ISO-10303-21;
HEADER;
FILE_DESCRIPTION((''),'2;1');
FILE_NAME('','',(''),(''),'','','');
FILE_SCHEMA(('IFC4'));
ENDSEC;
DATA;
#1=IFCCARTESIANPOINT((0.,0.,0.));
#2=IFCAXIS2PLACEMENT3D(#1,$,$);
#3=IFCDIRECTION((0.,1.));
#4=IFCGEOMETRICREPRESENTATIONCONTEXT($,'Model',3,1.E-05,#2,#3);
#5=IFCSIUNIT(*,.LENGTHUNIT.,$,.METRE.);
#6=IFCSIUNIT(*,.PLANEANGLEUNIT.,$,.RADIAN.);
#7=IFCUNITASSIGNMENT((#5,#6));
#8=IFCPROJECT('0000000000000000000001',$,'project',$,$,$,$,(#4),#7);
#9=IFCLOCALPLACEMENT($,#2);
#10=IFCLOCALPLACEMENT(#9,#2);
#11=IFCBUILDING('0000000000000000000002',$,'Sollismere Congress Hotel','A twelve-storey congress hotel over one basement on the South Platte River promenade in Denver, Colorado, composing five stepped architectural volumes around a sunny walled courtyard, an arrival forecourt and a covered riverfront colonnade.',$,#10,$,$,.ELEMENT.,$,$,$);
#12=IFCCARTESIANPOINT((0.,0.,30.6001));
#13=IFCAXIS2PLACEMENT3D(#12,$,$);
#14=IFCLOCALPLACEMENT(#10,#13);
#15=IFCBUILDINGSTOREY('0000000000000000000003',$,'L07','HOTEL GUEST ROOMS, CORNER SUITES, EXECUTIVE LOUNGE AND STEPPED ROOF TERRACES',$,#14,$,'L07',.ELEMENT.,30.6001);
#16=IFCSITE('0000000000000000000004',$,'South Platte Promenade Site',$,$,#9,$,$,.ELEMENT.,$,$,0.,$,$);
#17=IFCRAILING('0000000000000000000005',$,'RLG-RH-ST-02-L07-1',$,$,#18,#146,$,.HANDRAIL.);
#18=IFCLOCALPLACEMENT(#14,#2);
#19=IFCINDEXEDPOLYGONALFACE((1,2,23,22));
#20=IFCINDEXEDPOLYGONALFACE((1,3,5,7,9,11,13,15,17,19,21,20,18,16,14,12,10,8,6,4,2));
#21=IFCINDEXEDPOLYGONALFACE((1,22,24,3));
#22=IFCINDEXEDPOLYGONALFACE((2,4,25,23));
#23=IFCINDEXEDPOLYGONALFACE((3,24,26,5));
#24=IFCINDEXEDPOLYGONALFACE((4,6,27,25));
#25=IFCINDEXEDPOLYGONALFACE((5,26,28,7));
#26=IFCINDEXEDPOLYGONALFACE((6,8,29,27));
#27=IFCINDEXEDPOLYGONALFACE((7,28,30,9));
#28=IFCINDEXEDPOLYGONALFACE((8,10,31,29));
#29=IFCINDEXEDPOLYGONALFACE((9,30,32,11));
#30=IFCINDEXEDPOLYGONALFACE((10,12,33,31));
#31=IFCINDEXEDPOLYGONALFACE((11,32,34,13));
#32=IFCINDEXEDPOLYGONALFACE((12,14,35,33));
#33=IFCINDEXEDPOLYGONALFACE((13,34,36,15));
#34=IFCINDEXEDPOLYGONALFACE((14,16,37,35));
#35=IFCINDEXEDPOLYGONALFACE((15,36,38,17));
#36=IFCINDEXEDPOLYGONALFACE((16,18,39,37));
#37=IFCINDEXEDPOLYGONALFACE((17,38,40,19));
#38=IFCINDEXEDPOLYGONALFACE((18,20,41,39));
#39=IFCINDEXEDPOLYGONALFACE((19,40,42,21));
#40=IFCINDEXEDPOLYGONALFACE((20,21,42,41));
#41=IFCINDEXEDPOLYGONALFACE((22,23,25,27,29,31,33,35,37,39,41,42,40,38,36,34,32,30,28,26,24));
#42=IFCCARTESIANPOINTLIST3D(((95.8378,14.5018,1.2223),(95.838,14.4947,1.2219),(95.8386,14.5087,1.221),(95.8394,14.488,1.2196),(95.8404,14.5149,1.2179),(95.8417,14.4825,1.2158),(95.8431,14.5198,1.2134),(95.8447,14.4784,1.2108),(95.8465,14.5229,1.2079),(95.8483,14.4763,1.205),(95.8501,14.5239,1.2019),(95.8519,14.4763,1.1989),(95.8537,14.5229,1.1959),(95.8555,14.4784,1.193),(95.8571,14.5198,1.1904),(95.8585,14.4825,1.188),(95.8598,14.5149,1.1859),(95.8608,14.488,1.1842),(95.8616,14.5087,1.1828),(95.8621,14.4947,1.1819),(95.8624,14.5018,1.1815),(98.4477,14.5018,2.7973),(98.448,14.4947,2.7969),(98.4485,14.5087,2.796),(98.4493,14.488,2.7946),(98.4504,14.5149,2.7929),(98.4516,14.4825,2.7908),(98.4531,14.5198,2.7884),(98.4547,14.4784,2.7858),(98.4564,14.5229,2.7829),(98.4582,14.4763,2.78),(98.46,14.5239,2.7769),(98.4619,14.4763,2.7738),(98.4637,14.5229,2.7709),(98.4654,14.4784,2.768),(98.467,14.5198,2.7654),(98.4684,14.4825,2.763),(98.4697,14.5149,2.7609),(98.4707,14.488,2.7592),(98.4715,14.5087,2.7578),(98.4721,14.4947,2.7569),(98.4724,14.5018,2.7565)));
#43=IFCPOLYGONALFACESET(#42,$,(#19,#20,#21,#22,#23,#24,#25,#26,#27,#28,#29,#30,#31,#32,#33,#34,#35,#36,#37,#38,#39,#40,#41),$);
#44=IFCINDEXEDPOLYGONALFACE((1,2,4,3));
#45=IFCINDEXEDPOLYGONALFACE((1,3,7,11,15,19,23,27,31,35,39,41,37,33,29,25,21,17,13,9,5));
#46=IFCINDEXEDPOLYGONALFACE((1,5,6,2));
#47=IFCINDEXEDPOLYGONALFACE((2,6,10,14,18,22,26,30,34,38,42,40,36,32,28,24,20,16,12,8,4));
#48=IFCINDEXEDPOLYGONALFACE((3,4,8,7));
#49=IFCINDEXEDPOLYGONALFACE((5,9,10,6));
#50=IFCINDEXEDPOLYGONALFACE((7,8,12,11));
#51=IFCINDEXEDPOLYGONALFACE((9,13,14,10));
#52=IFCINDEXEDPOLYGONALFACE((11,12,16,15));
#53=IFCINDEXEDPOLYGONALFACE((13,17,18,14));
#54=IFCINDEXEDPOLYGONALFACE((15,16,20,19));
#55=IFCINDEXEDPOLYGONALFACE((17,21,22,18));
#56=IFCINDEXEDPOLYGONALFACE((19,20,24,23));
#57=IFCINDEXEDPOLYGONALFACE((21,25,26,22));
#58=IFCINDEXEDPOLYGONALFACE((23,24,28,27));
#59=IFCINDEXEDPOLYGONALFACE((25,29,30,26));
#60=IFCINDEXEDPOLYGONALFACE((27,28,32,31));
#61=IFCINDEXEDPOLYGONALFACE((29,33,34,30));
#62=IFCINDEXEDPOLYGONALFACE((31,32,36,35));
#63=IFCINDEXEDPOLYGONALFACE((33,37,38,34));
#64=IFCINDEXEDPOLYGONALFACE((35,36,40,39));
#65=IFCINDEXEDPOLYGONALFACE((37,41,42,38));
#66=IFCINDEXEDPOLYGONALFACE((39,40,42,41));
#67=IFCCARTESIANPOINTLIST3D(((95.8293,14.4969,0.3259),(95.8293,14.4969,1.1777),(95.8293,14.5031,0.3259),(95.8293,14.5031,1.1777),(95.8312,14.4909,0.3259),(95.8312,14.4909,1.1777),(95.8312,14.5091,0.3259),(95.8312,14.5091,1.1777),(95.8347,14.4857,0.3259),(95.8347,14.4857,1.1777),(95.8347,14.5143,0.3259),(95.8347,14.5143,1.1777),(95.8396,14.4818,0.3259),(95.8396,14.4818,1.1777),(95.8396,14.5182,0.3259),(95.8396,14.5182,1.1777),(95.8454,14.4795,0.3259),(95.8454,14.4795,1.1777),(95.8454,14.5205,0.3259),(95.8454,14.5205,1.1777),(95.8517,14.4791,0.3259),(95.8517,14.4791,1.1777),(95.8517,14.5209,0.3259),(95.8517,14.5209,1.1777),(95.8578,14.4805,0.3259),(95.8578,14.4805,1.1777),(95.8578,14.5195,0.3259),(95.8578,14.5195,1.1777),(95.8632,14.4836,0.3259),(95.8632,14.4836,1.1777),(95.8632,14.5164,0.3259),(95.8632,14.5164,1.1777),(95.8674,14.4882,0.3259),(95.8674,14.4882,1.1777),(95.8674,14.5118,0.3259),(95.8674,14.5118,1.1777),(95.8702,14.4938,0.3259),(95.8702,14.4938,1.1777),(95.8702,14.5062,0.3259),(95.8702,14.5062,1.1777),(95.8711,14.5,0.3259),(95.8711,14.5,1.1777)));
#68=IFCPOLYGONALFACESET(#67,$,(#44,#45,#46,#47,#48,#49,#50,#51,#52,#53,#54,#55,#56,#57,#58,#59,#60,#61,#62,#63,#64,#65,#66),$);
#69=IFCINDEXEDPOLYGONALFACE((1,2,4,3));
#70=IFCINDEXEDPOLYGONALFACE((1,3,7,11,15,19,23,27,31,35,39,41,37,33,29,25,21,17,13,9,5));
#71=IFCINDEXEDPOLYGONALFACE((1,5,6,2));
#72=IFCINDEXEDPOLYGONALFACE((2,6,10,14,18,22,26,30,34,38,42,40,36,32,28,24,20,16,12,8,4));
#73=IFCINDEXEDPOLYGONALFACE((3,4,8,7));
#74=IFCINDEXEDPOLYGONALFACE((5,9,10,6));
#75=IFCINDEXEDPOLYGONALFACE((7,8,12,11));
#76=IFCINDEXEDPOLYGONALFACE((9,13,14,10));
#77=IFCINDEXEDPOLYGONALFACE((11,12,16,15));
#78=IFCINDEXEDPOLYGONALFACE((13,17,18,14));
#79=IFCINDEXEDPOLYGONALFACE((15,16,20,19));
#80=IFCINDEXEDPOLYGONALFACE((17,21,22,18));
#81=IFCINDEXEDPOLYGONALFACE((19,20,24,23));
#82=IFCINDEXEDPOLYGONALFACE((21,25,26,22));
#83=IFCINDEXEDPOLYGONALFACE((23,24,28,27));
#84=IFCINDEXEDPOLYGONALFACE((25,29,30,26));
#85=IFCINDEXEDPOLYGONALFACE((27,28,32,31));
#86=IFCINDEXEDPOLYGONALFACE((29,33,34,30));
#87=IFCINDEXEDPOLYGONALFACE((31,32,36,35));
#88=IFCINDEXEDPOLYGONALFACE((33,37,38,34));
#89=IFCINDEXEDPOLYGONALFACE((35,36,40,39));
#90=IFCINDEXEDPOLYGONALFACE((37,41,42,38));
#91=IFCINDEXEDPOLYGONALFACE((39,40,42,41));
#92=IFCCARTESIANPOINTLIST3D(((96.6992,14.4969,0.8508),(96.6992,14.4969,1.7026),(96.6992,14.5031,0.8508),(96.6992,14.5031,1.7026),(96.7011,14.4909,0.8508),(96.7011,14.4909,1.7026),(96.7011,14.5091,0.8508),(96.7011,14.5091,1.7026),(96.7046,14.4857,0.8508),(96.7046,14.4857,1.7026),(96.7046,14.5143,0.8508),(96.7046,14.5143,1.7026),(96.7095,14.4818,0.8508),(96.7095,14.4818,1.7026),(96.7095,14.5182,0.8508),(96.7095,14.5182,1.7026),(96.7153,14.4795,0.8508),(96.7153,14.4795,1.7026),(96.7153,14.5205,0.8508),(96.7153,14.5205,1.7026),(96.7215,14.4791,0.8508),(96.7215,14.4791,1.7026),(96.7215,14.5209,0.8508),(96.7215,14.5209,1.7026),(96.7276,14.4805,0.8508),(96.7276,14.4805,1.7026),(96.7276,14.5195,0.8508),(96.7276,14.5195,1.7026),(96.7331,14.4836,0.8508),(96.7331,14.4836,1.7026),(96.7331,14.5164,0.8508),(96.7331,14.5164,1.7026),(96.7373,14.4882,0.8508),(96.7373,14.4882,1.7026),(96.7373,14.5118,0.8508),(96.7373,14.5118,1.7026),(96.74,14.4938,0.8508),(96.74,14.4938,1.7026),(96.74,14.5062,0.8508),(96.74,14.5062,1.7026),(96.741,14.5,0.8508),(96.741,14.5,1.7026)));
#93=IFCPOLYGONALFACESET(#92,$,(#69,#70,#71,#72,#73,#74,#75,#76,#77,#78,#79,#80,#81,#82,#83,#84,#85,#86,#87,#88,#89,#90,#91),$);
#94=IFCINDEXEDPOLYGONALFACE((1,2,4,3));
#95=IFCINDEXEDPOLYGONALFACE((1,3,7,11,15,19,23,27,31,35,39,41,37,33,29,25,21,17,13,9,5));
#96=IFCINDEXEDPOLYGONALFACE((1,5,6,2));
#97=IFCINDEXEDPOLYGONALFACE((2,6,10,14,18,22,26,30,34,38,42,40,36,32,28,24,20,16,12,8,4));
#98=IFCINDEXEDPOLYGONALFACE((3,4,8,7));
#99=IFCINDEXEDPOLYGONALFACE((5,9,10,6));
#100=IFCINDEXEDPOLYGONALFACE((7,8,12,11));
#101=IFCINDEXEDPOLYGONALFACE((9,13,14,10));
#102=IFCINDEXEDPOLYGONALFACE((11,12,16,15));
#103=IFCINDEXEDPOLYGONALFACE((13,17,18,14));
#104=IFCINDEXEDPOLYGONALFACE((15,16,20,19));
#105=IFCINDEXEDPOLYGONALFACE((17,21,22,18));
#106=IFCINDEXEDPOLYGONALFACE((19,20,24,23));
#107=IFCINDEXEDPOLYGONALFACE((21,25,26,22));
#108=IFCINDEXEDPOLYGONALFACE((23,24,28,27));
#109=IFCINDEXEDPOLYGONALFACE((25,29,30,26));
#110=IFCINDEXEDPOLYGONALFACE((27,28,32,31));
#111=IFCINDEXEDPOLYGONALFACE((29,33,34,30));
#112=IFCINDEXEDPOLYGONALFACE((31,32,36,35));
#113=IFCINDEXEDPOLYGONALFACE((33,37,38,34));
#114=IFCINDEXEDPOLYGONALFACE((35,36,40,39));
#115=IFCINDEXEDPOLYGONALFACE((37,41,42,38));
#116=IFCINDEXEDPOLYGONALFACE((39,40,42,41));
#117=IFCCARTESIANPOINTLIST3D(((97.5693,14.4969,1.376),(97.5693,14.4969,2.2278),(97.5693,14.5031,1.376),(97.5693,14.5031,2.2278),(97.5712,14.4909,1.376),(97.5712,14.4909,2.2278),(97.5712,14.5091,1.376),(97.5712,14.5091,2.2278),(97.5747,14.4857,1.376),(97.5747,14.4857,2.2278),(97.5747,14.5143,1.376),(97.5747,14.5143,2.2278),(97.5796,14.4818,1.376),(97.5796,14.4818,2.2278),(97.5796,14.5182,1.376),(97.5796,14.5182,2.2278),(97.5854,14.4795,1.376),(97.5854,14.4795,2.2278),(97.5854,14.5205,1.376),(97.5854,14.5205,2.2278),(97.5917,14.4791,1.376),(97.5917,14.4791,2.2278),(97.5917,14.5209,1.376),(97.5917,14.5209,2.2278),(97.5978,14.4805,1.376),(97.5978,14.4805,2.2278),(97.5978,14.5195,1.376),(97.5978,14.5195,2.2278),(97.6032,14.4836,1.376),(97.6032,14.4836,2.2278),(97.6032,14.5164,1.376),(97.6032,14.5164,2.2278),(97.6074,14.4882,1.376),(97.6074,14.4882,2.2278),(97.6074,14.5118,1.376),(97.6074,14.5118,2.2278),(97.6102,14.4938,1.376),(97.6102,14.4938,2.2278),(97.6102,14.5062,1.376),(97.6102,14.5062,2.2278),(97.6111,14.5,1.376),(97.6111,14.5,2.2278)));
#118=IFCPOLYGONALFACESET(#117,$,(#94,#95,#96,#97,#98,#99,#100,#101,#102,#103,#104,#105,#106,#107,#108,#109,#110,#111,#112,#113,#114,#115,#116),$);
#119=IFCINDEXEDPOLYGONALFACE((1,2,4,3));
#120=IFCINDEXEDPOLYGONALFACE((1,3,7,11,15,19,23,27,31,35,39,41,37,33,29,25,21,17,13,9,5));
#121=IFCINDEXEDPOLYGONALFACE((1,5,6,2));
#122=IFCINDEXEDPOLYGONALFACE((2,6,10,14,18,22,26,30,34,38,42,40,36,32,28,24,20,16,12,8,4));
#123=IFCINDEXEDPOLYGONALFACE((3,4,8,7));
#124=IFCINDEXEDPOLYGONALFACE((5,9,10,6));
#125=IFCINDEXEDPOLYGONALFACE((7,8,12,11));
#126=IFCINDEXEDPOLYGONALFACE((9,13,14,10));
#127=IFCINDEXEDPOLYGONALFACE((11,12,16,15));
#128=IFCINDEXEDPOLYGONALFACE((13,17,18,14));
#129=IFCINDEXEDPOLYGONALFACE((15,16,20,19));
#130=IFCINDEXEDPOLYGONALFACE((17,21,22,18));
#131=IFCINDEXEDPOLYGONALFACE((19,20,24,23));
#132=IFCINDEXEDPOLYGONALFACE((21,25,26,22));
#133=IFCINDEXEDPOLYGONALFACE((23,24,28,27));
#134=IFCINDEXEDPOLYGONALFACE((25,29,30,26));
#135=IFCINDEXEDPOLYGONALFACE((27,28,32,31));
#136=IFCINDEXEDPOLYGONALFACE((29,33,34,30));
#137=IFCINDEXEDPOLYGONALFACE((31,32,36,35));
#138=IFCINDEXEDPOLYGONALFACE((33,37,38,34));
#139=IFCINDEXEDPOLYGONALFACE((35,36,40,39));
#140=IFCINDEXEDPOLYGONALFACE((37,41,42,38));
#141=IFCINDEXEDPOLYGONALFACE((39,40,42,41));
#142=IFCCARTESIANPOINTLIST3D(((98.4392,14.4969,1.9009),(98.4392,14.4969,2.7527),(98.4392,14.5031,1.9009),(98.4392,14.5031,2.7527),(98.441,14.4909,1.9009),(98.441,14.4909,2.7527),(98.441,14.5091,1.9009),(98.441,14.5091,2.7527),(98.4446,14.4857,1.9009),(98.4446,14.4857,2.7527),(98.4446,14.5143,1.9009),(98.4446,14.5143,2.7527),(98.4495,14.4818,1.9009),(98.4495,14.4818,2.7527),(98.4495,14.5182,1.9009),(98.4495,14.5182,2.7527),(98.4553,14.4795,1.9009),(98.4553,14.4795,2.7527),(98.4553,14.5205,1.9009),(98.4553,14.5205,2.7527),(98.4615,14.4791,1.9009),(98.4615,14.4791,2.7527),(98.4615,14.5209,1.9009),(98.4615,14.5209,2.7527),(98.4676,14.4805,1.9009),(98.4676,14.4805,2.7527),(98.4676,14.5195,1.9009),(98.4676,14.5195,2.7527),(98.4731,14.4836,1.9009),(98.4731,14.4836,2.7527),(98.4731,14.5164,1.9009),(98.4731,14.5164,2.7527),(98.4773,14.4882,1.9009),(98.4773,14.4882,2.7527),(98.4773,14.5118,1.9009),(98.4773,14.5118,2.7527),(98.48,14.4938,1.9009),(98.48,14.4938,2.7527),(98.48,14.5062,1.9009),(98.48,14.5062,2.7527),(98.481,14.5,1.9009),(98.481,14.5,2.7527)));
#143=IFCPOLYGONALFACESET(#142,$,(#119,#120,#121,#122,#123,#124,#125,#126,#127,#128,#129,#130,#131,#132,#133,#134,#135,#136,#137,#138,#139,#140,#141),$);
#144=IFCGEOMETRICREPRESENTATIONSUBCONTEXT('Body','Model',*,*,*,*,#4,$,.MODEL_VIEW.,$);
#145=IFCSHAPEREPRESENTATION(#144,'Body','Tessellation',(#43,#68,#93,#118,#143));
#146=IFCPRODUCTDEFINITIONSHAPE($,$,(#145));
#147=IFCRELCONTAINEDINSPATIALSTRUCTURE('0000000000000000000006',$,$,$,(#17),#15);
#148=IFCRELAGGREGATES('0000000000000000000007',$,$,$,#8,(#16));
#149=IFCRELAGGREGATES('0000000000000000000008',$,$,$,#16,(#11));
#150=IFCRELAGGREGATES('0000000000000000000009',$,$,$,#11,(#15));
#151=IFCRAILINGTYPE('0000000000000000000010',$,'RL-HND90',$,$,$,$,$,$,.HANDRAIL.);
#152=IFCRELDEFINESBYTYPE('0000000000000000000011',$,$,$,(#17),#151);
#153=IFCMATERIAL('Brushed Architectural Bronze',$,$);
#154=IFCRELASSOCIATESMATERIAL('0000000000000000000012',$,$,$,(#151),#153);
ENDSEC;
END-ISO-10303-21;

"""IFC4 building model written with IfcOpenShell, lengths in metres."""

from ifc_helpers import new_model, si_unit, direction, frame, origin, origin_2d, place, context, subcontext, project, spatial, circle, extrude, material, type_object, element, save


model = new_model("IFC4")

# Units and contexts
model_context = context("Model", 3, precision=1e-05, world=origin(), true_north=direction((0.0, 1.0)))
body_context = subcontext(model_context, "Body", "Model", "MODEL_VIEW")
ifc_project = project(units=[si_unit("LENGTHUNIT", "METRE"), si_unit("PLANEANGLEUNIT", "RADIAN")], contexts=[model_context])

# Site, building, storey
site_placement = place(None, origin())
site = spatial("IfcSite", under=ifc_project, at=site_placement, Name="South Platte Promenade Site", CompositionType="ELEMENT", RefElevation=0.0)
building_placement = place(site_placement, origin())
building = spatial("IfcBuilding", under=site, at=building_placement, Name="Sollismere Congress Hotel", Description="A twelve-storey congress hotel over one basement on the South Platte River promenade in Denver, Colorado, composing five stepped architectural volumes around a sunny walled courtyard, an arrival forecourt and a covered riverfront colonnade.", CompositionType="ELEMENT")
storey_placement = place(building_placement, frame((0.0, 0.0, 30.6001)))
storey = spatial("IfcBuildingStorey", under=building, at=storey_placement, Name="L07", Description="HOTEL GUEST ROOMS, CORNER SUITES, EXECUTIVE LOUNGE AND STEPPED ROOF TERRACES", LongName="L07", CompositionType="ELEMENT", Elevation=30.6001)

# Railing
ifc_material_1 = material(Name="Brushed Architectural Bronze")
railing_type_1 = type_object("IfcRailingType", Name="RL-HND90", PredefinedType="HANDRAIL", material=ifc_material_1)
railing_1_placement = place(storey_placement, frame((95.8501, 14.5, 0.3259)))
element("IfcRailing", 1, at=railing_1_placement, inside=storey, type_object=railing_type_1, Name="RLG-RH-ST-02-L07-1", PredefinedType="HANDRAIL", context=body_context, shape_type="SweptSolid", body=[
    extrude(circle(Radius=0.0239, at=origin_2d()), frame((0.0, 0.0, 0.876), z_axis=(0.856183, 0.0, 0.516673), x_axis=(0.0, 1.0, 0.0)), (0.0, 0.0, 1.0), 3.0483),
    extrude(circle(Radius=0.021, at=origin_2d()), origin(), (0.0, 0.0, 1.0), 0.8518),
    extrude(circle(Radius=0.021, at=origin_2d()), frame((0.8699, 0.0, 0.5249)), (0.0, 0.0, 1.0), 0.8518),
    extrude(circle(Radius=0.021, at=origin_2d()), frame((1.74, 0.0, 1.05)), (0.0, 0.0, 1.0), 0.8518),
    extrude(circle(Radius=0.021, at=origin_2d()), frame((2.6099, 0.0, 1.575)), (0.0, 0.0, 1.0), 0.8518),
])

save(model, "model.ifc")
